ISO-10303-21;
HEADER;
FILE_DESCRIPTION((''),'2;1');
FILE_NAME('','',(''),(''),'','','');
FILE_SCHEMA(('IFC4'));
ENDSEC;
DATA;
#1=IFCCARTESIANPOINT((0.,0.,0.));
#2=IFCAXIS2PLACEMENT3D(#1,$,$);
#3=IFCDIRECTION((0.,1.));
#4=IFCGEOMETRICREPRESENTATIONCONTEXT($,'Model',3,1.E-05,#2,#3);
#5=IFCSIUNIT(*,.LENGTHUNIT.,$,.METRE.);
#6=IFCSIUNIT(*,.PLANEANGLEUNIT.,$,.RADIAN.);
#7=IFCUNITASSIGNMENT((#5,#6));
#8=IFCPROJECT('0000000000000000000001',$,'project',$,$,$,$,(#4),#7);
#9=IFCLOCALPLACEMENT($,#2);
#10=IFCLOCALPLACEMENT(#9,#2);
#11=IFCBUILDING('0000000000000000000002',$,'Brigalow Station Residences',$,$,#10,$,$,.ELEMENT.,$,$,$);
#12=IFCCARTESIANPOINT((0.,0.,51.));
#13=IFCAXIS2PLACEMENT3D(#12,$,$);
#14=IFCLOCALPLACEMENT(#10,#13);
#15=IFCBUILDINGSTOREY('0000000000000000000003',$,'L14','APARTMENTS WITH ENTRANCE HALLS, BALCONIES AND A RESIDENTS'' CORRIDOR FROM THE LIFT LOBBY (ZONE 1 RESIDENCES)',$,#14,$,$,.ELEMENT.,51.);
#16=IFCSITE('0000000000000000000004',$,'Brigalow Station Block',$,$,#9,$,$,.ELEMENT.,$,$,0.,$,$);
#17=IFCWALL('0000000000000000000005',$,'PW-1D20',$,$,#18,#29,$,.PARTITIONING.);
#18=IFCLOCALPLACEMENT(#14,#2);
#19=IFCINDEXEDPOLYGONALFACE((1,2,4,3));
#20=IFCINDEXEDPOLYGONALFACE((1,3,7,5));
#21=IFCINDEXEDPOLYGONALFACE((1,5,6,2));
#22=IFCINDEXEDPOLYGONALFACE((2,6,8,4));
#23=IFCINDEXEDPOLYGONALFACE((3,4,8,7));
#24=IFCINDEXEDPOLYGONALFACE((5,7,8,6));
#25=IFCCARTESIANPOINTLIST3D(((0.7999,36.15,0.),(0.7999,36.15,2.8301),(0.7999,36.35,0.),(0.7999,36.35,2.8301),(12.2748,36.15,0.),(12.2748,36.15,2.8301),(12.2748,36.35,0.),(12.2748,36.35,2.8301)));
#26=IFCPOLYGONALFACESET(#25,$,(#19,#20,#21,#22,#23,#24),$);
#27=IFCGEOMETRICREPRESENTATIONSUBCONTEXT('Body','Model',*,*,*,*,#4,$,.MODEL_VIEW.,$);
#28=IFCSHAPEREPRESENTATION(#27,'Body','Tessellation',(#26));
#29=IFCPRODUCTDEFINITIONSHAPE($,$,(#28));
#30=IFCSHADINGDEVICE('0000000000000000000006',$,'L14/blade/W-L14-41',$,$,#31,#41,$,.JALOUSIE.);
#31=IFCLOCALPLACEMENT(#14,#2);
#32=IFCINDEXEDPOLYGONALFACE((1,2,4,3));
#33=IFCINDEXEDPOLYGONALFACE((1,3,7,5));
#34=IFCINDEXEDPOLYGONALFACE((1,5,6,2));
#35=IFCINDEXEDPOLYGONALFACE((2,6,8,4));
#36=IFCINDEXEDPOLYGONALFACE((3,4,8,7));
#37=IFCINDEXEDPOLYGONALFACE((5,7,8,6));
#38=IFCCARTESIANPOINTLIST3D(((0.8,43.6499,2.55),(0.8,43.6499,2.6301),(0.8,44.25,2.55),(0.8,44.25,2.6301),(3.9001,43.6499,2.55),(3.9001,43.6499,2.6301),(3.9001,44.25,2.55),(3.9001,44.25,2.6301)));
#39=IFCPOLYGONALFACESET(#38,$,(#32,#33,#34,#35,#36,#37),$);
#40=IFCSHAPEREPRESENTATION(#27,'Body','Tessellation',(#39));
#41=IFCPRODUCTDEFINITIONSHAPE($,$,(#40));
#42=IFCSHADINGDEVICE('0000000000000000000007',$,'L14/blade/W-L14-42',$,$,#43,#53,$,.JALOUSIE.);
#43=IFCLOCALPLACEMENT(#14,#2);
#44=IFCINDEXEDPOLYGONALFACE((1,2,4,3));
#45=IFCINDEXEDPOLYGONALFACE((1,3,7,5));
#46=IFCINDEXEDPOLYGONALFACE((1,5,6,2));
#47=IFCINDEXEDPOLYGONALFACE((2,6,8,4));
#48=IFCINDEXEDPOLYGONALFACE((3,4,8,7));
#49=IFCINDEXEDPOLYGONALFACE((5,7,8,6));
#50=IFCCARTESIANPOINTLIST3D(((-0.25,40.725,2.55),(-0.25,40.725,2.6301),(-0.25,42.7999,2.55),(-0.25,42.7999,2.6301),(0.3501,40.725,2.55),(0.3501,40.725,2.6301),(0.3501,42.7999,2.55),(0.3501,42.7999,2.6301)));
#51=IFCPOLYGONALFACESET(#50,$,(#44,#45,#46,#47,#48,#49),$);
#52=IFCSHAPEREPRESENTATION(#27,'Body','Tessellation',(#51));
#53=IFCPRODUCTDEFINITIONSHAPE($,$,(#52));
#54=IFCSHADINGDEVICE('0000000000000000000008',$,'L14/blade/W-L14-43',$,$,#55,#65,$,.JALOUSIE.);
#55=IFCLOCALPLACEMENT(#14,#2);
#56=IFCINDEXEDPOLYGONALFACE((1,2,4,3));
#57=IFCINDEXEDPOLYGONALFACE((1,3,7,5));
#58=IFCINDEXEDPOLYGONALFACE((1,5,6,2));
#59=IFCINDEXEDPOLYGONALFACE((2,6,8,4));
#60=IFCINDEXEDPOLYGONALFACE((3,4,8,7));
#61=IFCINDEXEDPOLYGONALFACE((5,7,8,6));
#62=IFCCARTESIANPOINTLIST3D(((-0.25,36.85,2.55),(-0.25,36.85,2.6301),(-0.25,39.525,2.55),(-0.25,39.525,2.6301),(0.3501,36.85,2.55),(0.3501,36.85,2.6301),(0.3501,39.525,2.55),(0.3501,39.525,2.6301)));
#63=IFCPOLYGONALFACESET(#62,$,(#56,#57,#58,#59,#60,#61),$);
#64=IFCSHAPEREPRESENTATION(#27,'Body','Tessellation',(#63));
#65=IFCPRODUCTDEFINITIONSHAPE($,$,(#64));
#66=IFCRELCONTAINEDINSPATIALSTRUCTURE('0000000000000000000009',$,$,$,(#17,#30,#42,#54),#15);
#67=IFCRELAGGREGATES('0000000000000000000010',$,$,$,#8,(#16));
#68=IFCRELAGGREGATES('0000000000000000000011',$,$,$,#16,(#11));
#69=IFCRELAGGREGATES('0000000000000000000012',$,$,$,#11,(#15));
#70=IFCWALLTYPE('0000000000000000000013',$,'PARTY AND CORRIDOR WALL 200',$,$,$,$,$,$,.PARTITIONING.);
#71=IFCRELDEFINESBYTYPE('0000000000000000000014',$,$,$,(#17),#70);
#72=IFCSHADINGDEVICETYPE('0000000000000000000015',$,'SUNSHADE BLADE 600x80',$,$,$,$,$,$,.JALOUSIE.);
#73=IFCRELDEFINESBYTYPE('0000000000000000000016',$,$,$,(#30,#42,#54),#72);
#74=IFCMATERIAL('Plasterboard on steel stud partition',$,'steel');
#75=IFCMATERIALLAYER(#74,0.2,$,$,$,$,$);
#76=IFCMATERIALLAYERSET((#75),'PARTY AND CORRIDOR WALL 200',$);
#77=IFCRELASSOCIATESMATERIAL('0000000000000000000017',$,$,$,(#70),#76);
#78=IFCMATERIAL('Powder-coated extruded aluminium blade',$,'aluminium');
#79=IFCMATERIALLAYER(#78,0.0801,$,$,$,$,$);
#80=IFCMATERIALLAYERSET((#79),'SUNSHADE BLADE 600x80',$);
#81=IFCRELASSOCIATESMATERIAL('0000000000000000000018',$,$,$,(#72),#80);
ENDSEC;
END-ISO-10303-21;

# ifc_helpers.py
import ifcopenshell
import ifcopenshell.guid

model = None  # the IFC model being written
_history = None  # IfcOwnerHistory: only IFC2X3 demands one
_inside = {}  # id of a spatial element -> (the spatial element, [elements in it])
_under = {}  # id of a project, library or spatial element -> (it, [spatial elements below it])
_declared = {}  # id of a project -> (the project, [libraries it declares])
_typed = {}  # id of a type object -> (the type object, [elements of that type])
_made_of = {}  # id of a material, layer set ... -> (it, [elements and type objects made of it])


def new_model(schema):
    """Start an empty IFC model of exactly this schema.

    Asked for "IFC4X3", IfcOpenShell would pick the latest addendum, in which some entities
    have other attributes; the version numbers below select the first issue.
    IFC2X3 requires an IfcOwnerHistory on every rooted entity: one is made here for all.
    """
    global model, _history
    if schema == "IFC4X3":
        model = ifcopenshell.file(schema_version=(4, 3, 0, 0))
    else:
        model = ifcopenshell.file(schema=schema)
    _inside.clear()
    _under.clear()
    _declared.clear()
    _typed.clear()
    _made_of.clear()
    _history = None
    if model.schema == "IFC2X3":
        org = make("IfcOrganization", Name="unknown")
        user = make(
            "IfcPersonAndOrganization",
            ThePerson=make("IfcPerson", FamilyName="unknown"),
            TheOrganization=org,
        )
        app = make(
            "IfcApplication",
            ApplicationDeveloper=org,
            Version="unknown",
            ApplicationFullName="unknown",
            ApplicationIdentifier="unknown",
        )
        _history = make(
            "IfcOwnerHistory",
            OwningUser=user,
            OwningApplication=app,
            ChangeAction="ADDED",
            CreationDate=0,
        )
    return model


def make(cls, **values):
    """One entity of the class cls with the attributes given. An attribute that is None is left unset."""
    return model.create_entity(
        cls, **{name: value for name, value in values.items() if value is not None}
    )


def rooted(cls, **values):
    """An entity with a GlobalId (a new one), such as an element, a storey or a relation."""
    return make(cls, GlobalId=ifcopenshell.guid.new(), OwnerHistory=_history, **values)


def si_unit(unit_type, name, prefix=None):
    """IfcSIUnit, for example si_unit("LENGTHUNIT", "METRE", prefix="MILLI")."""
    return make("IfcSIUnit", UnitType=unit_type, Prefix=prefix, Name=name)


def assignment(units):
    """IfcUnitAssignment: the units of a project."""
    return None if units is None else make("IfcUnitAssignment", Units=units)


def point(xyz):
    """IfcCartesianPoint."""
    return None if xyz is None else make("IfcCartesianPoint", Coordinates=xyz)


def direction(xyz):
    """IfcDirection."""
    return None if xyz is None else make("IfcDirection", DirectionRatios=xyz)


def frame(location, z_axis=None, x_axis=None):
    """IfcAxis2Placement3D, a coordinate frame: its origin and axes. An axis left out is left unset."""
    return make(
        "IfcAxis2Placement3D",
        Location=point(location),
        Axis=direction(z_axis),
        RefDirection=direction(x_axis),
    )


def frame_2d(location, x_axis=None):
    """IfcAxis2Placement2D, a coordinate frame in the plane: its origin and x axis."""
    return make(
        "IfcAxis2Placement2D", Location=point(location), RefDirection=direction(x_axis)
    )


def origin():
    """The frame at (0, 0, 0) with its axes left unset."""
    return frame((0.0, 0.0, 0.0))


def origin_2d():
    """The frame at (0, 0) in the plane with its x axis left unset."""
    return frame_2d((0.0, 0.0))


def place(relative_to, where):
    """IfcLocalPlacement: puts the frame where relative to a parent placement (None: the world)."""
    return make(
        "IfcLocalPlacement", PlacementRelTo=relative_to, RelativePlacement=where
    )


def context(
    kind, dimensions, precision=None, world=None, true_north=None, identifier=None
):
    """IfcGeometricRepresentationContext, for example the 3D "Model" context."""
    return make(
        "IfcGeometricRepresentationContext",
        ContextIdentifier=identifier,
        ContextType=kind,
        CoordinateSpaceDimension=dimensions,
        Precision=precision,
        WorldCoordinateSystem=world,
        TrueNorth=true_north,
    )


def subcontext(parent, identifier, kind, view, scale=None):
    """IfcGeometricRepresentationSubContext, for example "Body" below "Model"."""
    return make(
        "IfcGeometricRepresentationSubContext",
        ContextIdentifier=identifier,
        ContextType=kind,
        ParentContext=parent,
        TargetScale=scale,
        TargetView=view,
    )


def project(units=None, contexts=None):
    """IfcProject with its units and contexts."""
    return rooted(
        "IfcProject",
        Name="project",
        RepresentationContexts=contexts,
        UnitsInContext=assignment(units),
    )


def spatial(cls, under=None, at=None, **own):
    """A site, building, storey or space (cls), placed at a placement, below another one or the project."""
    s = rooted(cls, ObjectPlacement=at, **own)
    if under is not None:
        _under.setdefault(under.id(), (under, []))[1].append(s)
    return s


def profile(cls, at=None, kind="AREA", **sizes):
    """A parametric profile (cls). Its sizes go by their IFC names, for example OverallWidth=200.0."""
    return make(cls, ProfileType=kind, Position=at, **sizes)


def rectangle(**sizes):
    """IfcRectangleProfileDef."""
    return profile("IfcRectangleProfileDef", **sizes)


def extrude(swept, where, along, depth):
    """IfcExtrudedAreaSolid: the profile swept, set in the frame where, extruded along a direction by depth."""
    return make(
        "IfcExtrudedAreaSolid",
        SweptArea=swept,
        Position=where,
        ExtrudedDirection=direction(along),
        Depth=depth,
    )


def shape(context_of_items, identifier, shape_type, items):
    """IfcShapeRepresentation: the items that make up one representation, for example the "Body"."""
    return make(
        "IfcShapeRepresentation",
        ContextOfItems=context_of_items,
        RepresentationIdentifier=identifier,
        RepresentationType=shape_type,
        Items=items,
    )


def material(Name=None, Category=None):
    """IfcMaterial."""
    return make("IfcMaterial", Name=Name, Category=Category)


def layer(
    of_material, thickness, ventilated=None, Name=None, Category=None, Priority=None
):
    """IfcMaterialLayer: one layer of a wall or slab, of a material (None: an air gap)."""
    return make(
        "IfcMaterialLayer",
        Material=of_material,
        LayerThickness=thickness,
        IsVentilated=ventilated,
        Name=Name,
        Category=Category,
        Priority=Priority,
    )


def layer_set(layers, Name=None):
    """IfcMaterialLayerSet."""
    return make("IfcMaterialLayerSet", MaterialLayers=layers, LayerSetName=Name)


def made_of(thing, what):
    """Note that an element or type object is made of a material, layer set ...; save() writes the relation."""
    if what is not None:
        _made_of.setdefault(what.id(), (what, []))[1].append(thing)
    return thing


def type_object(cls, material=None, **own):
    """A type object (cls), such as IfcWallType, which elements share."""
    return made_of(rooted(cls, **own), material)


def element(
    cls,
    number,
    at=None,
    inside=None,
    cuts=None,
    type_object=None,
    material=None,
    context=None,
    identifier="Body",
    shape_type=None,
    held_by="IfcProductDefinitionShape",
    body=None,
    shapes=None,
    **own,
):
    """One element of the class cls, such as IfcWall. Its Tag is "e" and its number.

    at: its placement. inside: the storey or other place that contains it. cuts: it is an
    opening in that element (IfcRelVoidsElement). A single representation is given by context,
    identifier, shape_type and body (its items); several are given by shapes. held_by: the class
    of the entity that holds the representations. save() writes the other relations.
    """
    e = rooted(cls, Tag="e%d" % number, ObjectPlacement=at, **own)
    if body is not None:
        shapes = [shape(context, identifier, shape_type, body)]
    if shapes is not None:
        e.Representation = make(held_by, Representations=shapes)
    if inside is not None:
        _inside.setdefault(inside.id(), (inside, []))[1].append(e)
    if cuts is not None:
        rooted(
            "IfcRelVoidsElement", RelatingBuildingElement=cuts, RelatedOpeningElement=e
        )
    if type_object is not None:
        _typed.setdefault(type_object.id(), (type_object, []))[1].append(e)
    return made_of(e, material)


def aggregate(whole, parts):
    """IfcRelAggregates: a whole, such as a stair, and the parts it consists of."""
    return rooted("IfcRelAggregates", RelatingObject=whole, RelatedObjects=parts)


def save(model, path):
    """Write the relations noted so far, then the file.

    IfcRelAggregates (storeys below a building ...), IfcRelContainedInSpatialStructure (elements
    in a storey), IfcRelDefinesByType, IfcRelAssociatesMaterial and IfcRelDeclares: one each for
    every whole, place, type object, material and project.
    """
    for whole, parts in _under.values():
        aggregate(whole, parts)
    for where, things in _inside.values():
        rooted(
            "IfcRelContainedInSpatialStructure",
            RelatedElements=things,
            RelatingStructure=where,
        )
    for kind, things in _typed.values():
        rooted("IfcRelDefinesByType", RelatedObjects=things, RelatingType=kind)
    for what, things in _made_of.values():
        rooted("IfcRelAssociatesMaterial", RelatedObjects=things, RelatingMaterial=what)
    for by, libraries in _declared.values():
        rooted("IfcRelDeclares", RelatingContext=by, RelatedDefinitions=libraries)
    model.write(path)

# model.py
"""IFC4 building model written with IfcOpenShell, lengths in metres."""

from ifc_helpers import new_model, si_unit, direction, frame, frame_2d, origin, origin_2d, place, context, subcontext, project, spatial, rectangle, extrude, material, layer, layer_set, type_object, element, save


model = new_model("IFC4")

# Units and contexts
model_context = context("Model", 3, precision=1e-05, world=origin(), true_north=direction((0.0, 1.0)))
body_context = subcontext(model_context, "Body", "Model", "MODEL_VIEW")
ifc_project = project(units=[si_unit("LENGTHUNIT", "METRE"), si_unit("PLANEANGLEUNIT", "RADIAN")], contexts=[model_context])

# Site, building, storey
site_placement = place(None, origin())
site = spatial("IfcSite", under=ifc_project, at=site_placement, Name="Brigalow Station Block", CompositionType="ELEMENT", RefElevation=0.0)
building_placement = place(site_placement, origin())
building = spatial("IfcBuilding", under=site, at=building_placement, Name="Brigalow Station Residences", CompositionType="ELEMENT")
storey_placement = place(building_placement, frame((0.0, 0.0, 51.0)))
storey = spatial("IfcBuildingStorey", under=building, at=storey_placement, Name="L14", Description="APARTMENTS WITH ENTRANCE HALLS, BALCONIES AND A RESIDENTS' CORRIDOR FROM THE LIFT LOBBY (ZONE 1 RESIDENCES)", CompositionType="ELEMENT", Elevation=51.0)

# Wall
ifc_material_1 = material(Name="Plasterboard on steel stud partition", Category="steel")
ifc_layer_1 = layer(ifc_material_1, 0.2)
ifc_layer_set_1 = layer_set([ifc_layer_1], Name="PARTY AND CORRIDOR WALL 200")
wall_type_1 = type_object("IfcWallType", Name="PARTY AND CORRIDOR WALL 200", PredefinedType="PARTITIONING", material=ifc_layer_set_1)
wall_1_placement = place(storey_placement, frame((0.8, 36.25, 0.0), z_axis=(0.0, 0.0, 1.0), x_axis=(1.0, 0.0, 0.0)))
element("IfcWall", 1, at=wall_1_placement, inside=storey, type_object=wall_type_1, Name="PW-1D20", PredefinedType="PARTITIONING", context=body_context, shape_type="SweptSolid", body=[
    extrude(rectangle(XDim=11.4749, YDim=0.2, at=frame_2d((5.7373, 0.0))), origin(), (0.0, 0.0, 1.0), 2.8301),
])

# Shading devices
ifc_material_2 = material(Name="Powder-coated extruded aluminium blade", Category="aluminium")
ifc_layer_2 = layer(ifc_material_2, 0.0801)
ifc_layer_set_2 = layer_set([ifc_layer_2], Name="SUNSHADE BLADE 600x80")
shading_device_type = type_object("IfcShadingDeviceType", Name="SUNSHADE BLADE 600x80", PredefinedType="JALOUSIE", material=ifc_layer_set_2)
shading_device_1_placement = place(storey_placement, frame((2.3501, 43.95, 2.55), z_axis=(0.0, 0.0, 1.0), x_axis=(-1.0, 0.0, 0.0)))
element("IfcShadingDevice", 2, at=shading_device_1_placement, inside=storey, type_object=shading_device_type, Name="L14/blade/W-L14-41", PredefinedType="JALOUSIE", context=body_context, shape_type="SweptSolid", body=[
    extrude(rectangle(XDim=3.1001, YDim=0.6001, at=origin_2d()), origin(), (0.0, 0.0, 1.0), 0.0801),
])
shading_device_2_placement = place(storey_placement, frame((0.05, 41.7625, 2.55), z_axis=(0.0, 0.0, 1.0), x_axis=(0.0, -1.0, 0.0)))
element("IfcShadingDevice", 3, at=shading_device_2_placement, inside=storey, type_object=shading_device_type, Name="L14/blade/W-L14-42", PredefinedType="JALOUSIE", context=body_context, shape_type="SweptSolid", body=[
    extrude(rectangle(XDim=2.075, YDim=0.6001, at=origin_2d()), origin(), (0.0, 0.0, 1.0), 0.0801),
])
shading_device_3_placement = place(storey_placement, frame((0.05, 38.1875, 2.55), z_axis=(0.0, 0.0, 1.0), x_axis=(0.0, -1.0, 0.0)))
element("IfcShadingDevice", 4, at=shading_device_3_placement, inside=storey, type_object=shading_device_type, Name="L14/blade/W-L14-43", PredefinedType="JALOUSIE", context=body_context, shape_type="SweptSolid", body=[
    extrude(rectangle(XDim=2.675, YDim=0.6001, at=origin_2d()), origin(), (0.0, 0.0, 1.0), 0.0801),
])

save(model, "model.ifc")
